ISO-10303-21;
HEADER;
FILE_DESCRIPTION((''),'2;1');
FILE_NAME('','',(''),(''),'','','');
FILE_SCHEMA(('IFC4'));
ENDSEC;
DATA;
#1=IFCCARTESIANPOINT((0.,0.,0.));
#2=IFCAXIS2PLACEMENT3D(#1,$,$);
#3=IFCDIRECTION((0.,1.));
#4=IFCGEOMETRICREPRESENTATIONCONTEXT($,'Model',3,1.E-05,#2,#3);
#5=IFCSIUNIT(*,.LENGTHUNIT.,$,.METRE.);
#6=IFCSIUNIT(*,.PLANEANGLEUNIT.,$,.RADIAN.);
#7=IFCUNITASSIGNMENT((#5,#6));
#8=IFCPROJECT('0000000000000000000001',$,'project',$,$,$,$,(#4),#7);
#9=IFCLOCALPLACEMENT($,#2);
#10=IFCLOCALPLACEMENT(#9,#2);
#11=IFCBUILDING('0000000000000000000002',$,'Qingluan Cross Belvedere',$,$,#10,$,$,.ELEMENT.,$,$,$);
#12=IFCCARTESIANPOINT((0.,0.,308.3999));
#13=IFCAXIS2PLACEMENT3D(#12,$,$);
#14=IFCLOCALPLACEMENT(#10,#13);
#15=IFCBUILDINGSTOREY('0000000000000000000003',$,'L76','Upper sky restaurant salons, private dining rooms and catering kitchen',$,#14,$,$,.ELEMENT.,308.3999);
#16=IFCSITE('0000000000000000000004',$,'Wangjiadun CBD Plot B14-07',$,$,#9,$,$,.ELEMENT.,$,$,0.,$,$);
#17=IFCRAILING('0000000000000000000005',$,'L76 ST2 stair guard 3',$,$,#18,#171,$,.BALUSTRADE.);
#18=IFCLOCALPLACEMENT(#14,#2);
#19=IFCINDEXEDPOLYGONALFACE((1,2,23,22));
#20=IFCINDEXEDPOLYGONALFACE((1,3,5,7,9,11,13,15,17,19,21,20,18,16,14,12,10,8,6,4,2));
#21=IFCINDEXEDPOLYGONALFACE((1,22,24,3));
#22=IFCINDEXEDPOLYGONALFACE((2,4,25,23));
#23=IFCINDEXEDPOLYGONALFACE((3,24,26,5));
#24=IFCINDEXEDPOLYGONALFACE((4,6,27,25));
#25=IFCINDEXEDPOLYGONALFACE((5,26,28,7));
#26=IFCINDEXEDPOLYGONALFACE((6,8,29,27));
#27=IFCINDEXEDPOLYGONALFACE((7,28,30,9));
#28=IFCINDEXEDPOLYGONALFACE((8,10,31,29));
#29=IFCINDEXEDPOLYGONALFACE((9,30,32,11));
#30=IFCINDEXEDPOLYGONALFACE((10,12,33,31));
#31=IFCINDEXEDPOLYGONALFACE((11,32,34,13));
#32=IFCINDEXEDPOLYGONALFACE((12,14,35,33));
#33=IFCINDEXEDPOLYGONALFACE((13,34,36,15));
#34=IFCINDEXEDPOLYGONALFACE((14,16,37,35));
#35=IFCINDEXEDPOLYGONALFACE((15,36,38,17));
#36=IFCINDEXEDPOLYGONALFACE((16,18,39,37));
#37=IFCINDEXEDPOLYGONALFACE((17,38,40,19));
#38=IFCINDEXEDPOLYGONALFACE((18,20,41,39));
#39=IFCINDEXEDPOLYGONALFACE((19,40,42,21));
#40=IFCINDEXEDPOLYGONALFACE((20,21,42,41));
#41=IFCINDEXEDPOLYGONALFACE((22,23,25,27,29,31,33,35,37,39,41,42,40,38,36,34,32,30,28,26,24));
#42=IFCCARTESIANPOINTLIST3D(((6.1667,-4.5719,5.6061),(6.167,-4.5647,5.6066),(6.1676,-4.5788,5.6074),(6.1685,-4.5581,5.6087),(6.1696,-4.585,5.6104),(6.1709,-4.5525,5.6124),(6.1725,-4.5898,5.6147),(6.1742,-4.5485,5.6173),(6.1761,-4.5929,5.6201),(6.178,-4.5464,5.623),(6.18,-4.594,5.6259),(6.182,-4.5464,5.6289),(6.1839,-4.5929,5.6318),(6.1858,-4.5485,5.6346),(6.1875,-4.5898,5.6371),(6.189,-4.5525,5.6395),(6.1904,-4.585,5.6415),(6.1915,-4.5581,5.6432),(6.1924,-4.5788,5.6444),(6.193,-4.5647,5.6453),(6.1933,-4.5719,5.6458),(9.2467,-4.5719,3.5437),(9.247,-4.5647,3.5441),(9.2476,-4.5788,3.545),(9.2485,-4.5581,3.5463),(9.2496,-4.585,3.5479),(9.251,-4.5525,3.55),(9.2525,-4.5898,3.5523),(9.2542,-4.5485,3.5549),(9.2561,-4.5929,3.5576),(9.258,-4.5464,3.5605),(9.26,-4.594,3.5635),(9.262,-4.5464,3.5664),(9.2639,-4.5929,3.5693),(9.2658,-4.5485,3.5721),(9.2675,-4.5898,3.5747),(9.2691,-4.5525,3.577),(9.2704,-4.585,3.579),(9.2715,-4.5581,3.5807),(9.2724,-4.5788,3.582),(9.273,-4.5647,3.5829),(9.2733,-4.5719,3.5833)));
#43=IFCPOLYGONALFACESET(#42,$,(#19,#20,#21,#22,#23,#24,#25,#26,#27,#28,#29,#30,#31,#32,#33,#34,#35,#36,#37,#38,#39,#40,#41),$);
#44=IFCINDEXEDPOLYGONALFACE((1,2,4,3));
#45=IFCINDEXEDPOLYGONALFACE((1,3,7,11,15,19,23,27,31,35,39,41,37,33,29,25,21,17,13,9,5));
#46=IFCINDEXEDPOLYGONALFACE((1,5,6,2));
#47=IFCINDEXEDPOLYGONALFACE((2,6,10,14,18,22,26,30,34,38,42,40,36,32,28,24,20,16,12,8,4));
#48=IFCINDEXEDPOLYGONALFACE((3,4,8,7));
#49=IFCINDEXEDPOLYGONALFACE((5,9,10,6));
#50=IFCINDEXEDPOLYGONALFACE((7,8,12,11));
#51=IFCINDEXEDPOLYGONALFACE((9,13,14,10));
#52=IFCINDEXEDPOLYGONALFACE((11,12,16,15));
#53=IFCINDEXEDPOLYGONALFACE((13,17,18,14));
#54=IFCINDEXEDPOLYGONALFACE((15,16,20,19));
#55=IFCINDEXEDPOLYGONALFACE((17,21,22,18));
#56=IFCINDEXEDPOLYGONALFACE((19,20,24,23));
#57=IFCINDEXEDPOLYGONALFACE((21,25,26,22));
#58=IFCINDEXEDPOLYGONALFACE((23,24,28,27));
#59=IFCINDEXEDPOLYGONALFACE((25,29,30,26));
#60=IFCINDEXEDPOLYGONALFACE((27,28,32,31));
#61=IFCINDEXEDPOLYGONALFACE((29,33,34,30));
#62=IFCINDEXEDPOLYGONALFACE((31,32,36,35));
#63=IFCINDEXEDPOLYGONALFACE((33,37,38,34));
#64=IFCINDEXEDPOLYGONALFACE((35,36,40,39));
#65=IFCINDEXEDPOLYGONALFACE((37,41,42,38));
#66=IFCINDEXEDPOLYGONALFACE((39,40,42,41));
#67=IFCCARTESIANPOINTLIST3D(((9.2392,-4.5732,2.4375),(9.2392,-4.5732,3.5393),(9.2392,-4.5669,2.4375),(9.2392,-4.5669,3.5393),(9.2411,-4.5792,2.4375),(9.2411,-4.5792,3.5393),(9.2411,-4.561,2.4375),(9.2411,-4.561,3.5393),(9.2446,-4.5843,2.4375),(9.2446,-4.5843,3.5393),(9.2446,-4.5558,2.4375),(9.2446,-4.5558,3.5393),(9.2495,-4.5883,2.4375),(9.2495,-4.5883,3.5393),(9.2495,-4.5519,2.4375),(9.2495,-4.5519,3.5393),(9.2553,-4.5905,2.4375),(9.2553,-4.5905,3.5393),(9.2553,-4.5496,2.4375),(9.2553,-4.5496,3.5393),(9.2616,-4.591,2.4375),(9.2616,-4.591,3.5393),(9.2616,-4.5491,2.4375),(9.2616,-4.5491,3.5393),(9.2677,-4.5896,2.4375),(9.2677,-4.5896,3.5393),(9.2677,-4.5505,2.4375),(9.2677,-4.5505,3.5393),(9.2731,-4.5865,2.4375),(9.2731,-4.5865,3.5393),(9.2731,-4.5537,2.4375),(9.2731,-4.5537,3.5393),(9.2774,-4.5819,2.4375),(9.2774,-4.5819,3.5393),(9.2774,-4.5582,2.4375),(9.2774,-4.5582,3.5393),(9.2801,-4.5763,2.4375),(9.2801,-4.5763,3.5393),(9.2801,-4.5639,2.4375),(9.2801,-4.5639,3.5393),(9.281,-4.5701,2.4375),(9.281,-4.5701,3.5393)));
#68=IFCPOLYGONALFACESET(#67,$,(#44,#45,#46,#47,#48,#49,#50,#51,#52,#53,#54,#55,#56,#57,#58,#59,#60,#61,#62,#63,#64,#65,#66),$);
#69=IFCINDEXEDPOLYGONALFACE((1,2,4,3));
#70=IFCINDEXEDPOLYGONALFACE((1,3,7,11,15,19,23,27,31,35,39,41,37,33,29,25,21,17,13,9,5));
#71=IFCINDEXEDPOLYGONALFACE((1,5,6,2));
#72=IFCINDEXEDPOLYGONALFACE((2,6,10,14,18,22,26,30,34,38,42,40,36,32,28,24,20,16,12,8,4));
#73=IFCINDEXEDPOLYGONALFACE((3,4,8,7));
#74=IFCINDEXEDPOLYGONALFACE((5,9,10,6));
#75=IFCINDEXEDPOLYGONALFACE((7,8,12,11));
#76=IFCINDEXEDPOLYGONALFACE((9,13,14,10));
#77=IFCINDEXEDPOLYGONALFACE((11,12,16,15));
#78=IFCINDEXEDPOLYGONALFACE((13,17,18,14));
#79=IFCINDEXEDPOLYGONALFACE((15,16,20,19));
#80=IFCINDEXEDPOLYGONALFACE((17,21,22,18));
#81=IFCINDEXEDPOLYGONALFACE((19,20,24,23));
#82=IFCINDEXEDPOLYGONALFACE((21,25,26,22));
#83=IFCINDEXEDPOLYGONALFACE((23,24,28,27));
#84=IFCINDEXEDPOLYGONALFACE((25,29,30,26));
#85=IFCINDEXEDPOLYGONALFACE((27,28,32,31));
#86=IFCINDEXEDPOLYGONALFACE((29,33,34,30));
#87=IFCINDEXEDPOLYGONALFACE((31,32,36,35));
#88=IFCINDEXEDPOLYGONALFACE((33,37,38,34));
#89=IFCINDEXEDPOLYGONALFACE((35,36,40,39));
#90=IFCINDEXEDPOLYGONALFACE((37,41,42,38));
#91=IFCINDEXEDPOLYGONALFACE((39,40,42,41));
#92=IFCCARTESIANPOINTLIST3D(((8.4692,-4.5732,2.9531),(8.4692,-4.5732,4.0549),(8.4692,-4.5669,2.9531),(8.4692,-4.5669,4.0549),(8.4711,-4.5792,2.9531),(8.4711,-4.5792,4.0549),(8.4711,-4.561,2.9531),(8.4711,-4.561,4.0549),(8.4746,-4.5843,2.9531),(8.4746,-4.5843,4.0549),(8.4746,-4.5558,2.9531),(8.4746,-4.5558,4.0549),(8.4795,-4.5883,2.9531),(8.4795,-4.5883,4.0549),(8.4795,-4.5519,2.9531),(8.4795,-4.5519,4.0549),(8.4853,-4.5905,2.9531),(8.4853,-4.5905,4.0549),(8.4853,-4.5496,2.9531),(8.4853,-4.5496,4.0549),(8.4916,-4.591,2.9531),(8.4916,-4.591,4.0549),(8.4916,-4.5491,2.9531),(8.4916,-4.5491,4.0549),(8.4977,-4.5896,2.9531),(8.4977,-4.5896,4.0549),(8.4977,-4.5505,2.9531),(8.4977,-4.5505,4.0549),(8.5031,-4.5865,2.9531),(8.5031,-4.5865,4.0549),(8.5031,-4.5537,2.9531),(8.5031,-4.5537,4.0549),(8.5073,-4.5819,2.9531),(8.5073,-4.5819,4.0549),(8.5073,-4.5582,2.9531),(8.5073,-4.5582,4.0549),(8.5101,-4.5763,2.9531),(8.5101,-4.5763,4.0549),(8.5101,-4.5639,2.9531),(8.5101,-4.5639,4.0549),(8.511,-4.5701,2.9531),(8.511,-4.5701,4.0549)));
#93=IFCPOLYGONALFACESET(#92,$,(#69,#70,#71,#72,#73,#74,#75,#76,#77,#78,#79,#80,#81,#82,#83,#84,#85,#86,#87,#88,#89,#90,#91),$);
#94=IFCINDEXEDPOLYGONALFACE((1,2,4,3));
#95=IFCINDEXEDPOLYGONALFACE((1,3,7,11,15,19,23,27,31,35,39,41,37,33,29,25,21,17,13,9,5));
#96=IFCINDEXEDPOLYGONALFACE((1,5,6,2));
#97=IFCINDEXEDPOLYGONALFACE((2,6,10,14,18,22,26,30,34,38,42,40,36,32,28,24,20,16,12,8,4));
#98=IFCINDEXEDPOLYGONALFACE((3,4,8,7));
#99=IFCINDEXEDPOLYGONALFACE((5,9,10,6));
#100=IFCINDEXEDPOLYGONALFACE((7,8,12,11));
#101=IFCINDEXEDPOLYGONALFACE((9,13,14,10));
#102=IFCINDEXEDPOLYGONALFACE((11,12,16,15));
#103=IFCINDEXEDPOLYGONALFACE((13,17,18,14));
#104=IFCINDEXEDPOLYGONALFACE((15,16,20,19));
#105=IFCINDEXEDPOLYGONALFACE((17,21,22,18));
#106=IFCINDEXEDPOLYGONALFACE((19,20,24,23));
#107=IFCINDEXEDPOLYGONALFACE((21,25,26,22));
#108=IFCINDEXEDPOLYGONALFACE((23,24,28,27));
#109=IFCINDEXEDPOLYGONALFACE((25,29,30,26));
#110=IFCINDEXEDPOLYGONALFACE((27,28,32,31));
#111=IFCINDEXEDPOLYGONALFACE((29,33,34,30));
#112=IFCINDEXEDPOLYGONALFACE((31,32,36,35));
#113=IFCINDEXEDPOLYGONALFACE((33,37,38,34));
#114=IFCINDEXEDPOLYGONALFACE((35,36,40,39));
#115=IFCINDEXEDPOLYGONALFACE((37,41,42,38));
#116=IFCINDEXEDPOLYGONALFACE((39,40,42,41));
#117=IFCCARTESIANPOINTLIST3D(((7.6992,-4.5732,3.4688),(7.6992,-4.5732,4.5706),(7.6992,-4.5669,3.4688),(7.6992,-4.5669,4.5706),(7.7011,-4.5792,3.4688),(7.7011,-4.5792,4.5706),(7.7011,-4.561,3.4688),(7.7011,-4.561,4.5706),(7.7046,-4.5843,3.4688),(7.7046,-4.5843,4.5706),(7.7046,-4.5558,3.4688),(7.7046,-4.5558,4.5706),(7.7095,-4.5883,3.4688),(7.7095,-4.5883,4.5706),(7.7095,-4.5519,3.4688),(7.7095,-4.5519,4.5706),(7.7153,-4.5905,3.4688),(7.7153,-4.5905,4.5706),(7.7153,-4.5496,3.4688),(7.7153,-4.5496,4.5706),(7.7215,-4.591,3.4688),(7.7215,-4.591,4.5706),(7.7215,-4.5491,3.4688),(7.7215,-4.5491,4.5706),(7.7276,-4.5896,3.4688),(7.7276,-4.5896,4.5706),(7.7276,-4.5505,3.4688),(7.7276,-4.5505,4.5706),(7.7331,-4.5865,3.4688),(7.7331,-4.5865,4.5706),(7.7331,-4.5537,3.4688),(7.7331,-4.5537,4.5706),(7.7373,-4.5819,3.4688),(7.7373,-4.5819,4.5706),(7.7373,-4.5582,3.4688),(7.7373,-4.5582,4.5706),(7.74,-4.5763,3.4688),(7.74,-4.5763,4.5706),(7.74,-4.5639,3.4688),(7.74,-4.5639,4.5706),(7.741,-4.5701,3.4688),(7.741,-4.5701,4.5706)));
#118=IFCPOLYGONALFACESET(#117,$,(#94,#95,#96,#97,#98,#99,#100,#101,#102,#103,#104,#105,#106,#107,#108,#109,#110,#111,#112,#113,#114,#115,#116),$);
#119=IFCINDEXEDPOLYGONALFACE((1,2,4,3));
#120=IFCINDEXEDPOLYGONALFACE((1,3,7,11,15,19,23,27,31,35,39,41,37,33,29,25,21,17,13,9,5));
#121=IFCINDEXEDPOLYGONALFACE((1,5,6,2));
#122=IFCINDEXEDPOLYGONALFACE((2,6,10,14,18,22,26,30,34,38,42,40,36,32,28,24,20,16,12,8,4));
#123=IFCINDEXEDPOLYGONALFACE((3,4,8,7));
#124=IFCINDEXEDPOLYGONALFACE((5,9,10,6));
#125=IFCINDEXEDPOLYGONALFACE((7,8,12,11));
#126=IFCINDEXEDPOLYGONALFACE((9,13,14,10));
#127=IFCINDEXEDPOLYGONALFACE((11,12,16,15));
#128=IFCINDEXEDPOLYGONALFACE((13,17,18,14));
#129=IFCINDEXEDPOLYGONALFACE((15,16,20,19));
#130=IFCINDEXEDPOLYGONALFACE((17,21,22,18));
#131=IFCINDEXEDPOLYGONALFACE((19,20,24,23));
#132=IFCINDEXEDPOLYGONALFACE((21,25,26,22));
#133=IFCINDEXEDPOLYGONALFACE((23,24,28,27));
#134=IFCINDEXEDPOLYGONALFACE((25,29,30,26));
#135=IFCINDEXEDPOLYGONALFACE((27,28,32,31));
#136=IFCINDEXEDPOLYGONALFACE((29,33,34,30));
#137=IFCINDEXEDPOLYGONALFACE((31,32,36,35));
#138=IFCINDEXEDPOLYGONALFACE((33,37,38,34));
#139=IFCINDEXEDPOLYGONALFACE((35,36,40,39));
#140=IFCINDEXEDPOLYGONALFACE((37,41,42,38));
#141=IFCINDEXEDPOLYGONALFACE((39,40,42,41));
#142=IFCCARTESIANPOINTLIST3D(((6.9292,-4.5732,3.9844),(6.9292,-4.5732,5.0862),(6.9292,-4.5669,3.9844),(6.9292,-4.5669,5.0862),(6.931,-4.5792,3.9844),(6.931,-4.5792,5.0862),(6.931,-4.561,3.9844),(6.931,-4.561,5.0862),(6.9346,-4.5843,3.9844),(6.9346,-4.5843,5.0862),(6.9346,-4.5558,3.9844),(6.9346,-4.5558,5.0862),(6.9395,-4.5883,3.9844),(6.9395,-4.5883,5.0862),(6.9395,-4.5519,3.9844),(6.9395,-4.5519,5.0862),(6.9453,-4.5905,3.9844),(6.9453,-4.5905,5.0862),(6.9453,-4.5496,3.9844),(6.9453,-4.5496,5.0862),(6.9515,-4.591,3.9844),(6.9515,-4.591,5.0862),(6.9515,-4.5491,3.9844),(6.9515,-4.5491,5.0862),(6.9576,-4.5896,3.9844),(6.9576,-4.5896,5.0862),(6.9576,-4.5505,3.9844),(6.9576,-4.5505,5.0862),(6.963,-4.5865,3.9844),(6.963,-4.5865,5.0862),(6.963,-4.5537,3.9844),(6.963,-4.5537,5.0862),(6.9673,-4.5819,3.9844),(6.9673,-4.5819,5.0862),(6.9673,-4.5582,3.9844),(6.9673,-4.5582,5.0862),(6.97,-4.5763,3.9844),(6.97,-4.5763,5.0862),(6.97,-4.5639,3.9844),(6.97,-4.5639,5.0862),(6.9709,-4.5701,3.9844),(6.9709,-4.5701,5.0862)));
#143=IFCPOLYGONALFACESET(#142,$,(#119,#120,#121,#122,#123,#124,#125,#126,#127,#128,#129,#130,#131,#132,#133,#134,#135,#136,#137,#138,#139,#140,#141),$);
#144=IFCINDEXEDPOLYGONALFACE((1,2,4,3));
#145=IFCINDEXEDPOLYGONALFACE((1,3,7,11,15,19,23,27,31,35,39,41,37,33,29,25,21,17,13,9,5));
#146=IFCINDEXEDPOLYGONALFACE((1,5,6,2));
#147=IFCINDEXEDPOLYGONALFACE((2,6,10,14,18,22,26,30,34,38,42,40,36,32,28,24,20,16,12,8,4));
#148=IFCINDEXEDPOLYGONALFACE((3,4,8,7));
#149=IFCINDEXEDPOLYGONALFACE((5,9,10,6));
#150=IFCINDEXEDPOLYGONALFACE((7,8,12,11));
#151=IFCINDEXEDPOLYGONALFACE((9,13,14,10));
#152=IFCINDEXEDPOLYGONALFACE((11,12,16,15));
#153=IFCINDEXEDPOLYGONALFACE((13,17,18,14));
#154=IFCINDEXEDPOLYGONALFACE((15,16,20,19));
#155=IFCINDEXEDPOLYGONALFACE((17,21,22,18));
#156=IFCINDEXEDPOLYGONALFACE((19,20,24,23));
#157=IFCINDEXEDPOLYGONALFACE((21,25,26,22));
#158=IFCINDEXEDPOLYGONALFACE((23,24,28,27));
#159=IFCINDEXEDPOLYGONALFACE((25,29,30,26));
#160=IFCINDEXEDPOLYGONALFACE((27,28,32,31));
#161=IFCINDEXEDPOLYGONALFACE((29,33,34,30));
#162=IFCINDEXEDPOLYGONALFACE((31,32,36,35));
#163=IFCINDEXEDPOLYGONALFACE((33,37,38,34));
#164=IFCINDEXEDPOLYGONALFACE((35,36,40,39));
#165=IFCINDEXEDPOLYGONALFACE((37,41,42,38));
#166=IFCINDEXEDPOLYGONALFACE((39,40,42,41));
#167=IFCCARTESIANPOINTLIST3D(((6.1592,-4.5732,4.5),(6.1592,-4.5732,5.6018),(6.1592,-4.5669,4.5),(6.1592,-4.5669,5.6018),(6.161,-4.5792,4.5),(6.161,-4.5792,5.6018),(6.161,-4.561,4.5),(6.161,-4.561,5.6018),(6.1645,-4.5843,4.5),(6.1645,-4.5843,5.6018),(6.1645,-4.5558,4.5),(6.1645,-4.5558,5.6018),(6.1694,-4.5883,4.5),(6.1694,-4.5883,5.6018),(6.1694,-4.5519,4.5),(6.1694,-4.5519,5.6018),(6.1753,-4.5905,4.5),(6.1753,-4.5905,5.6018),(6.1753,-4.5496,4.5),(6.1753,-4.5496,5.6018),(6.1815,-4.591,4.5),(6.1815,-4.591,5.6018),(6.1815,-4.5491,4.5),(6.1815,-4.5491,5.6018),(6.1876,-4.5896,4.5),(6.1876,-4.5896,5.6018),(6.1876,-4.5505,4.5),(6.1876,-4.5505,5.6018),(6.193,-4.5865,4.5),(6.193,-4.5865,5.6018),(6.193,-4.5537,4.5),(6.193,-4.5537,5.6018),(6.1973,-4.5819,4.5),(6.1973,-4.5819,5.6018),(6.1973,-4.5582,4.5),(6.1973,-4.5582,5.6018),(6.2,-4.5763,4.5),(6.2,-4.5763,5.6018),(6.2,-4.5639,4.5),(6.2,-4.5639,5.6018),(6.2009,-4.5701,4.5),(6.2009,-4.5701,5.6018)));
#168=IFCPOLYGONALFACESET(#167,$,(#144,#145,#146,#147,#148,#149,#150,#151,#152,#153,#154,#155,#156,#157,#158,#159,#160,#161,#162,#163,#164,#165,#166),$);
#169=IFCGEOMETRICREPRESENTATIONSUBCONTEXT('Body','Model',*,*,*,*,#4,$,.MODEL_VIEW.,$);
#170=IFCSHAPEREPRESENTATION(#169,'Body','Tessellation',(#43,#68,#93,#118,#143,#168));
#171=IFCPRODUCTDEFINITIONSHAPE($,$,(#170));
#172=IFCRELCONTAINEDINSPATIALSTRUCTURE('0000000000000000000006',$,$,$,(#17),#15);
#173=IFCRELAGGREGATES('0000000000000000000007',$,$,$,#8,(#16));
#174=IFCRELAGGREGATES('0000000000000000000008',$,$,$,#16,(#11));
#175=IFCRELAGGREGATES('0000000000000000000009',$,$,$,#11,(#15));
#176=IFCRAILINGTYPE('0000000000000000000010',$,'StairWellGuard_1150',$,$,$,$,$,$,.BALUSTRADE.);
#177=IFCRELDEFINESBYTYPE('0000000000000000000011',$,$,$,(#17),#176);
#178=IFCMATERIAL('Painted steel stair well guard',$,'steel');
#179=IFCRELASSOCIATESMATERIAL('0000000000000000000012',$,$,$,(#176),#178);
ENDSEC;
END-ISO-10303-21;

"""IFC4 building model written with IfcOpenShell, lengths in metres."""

from ifc_helpers import new_model, si_unit, direction, frame, origin, origin_2d, place, context, subcontext, project, spatial, circle, extrude, material, type_object, element, save


model = new_model("IFC4")

# Units and contexts
model_context = context("Model", 3, precision=1e-05, world=origin(), true_north=direction((0.0, 1.0)))
body_context = subcontext(model_context, "Body", "Model", "MODEL_VIEW")
ifc_project = project(units=[si_unit("LENGTHUNIT", "METRE"), si_unit("PLANEANGLEUNIT", "RADIAN")], contexts=[model_context])

# Site, building, storey
site_placement = place(None, origin())
site = spatial("IfcSite", under=ifc_project, at=site_placement, Name="Wangjiadun CBD Plot B14-07", CompositionType="ELEMENT", RefElevation=0.0)
building_placement = place(site_placement, origin())
building = spatial("IfcBuilding", under=site, at=building_placement, Name="Qingluan Cross Belvedere", CompositionType="ELEMENT")
storey_placement = place(building_placement, frame((0.0, 0.0, 308.3999)))
storey = spatial("IfcBuildingStorey", under=building, at=storey_placement, Name="L76", Description="Upper sky restaurant salons, private dining rooms and catering kitchen", CompositionType="ELEMENT", Elevation=308.3999)

# Railing
ifc_material_1 = material(Name="Painted steel stair well guard", Category="steel")
railing_type_1 = type_object("IfcRailingType", Name="StairWellGuard_1150", PredefinedType="BALUSTRADE", material=ifc_material_1)
railing_1_placement = place(storey_placement, frame((9.26, -4.5701, 2.4375)))
element("IfcRailing", 1, at=railing_1_placement, inside=storey, type_object=railing_type_1, Name="L76 ST2 stair guard 3", PredefinedType="BALUSTRADE", context=body_context, shape_type="SweptSolid", body=[
    extrude(circle(Radius=0.0239, at=origin_2d()), frame((0.0, 0.0, 1.126), z_axis=(-0.830914, 0.0, 0.556401), x_axis=(0.0, -1.0, 0.0)), (0.0, 0.0, 1.0), 3.7068),
    extrude(circle(Radius=0.021, at=origin_2d()), origin(), (0.0, 0.0, 1.0), 1.1018),
    extrude(circle(Radius=0.021, at=origin_2d()), frame((-0.77, 0.0, 0.5156)), (0.0, 0.0, 1.0), 1.1018),
    extrude(circle(Radius=0.021, at=origin_2d()), frame((-1.54, 0.0, 1.0312)), (0.0, 0.0, 1.0), 1.1018),
    extrude(circle(Radius=0.021, at=origin_2d()), frame((-2.3101, 0.0, 1.5469)), (0.0, 0.0, 1.0), 1.1018),
    extrude(circle(Radius=0.021, at=origin_2d()), frame((-3.0801, 0.0, 2.0625)), (0.0, 0.0, 1.0), 1.1018),
])

save(model, "model.ifc")
